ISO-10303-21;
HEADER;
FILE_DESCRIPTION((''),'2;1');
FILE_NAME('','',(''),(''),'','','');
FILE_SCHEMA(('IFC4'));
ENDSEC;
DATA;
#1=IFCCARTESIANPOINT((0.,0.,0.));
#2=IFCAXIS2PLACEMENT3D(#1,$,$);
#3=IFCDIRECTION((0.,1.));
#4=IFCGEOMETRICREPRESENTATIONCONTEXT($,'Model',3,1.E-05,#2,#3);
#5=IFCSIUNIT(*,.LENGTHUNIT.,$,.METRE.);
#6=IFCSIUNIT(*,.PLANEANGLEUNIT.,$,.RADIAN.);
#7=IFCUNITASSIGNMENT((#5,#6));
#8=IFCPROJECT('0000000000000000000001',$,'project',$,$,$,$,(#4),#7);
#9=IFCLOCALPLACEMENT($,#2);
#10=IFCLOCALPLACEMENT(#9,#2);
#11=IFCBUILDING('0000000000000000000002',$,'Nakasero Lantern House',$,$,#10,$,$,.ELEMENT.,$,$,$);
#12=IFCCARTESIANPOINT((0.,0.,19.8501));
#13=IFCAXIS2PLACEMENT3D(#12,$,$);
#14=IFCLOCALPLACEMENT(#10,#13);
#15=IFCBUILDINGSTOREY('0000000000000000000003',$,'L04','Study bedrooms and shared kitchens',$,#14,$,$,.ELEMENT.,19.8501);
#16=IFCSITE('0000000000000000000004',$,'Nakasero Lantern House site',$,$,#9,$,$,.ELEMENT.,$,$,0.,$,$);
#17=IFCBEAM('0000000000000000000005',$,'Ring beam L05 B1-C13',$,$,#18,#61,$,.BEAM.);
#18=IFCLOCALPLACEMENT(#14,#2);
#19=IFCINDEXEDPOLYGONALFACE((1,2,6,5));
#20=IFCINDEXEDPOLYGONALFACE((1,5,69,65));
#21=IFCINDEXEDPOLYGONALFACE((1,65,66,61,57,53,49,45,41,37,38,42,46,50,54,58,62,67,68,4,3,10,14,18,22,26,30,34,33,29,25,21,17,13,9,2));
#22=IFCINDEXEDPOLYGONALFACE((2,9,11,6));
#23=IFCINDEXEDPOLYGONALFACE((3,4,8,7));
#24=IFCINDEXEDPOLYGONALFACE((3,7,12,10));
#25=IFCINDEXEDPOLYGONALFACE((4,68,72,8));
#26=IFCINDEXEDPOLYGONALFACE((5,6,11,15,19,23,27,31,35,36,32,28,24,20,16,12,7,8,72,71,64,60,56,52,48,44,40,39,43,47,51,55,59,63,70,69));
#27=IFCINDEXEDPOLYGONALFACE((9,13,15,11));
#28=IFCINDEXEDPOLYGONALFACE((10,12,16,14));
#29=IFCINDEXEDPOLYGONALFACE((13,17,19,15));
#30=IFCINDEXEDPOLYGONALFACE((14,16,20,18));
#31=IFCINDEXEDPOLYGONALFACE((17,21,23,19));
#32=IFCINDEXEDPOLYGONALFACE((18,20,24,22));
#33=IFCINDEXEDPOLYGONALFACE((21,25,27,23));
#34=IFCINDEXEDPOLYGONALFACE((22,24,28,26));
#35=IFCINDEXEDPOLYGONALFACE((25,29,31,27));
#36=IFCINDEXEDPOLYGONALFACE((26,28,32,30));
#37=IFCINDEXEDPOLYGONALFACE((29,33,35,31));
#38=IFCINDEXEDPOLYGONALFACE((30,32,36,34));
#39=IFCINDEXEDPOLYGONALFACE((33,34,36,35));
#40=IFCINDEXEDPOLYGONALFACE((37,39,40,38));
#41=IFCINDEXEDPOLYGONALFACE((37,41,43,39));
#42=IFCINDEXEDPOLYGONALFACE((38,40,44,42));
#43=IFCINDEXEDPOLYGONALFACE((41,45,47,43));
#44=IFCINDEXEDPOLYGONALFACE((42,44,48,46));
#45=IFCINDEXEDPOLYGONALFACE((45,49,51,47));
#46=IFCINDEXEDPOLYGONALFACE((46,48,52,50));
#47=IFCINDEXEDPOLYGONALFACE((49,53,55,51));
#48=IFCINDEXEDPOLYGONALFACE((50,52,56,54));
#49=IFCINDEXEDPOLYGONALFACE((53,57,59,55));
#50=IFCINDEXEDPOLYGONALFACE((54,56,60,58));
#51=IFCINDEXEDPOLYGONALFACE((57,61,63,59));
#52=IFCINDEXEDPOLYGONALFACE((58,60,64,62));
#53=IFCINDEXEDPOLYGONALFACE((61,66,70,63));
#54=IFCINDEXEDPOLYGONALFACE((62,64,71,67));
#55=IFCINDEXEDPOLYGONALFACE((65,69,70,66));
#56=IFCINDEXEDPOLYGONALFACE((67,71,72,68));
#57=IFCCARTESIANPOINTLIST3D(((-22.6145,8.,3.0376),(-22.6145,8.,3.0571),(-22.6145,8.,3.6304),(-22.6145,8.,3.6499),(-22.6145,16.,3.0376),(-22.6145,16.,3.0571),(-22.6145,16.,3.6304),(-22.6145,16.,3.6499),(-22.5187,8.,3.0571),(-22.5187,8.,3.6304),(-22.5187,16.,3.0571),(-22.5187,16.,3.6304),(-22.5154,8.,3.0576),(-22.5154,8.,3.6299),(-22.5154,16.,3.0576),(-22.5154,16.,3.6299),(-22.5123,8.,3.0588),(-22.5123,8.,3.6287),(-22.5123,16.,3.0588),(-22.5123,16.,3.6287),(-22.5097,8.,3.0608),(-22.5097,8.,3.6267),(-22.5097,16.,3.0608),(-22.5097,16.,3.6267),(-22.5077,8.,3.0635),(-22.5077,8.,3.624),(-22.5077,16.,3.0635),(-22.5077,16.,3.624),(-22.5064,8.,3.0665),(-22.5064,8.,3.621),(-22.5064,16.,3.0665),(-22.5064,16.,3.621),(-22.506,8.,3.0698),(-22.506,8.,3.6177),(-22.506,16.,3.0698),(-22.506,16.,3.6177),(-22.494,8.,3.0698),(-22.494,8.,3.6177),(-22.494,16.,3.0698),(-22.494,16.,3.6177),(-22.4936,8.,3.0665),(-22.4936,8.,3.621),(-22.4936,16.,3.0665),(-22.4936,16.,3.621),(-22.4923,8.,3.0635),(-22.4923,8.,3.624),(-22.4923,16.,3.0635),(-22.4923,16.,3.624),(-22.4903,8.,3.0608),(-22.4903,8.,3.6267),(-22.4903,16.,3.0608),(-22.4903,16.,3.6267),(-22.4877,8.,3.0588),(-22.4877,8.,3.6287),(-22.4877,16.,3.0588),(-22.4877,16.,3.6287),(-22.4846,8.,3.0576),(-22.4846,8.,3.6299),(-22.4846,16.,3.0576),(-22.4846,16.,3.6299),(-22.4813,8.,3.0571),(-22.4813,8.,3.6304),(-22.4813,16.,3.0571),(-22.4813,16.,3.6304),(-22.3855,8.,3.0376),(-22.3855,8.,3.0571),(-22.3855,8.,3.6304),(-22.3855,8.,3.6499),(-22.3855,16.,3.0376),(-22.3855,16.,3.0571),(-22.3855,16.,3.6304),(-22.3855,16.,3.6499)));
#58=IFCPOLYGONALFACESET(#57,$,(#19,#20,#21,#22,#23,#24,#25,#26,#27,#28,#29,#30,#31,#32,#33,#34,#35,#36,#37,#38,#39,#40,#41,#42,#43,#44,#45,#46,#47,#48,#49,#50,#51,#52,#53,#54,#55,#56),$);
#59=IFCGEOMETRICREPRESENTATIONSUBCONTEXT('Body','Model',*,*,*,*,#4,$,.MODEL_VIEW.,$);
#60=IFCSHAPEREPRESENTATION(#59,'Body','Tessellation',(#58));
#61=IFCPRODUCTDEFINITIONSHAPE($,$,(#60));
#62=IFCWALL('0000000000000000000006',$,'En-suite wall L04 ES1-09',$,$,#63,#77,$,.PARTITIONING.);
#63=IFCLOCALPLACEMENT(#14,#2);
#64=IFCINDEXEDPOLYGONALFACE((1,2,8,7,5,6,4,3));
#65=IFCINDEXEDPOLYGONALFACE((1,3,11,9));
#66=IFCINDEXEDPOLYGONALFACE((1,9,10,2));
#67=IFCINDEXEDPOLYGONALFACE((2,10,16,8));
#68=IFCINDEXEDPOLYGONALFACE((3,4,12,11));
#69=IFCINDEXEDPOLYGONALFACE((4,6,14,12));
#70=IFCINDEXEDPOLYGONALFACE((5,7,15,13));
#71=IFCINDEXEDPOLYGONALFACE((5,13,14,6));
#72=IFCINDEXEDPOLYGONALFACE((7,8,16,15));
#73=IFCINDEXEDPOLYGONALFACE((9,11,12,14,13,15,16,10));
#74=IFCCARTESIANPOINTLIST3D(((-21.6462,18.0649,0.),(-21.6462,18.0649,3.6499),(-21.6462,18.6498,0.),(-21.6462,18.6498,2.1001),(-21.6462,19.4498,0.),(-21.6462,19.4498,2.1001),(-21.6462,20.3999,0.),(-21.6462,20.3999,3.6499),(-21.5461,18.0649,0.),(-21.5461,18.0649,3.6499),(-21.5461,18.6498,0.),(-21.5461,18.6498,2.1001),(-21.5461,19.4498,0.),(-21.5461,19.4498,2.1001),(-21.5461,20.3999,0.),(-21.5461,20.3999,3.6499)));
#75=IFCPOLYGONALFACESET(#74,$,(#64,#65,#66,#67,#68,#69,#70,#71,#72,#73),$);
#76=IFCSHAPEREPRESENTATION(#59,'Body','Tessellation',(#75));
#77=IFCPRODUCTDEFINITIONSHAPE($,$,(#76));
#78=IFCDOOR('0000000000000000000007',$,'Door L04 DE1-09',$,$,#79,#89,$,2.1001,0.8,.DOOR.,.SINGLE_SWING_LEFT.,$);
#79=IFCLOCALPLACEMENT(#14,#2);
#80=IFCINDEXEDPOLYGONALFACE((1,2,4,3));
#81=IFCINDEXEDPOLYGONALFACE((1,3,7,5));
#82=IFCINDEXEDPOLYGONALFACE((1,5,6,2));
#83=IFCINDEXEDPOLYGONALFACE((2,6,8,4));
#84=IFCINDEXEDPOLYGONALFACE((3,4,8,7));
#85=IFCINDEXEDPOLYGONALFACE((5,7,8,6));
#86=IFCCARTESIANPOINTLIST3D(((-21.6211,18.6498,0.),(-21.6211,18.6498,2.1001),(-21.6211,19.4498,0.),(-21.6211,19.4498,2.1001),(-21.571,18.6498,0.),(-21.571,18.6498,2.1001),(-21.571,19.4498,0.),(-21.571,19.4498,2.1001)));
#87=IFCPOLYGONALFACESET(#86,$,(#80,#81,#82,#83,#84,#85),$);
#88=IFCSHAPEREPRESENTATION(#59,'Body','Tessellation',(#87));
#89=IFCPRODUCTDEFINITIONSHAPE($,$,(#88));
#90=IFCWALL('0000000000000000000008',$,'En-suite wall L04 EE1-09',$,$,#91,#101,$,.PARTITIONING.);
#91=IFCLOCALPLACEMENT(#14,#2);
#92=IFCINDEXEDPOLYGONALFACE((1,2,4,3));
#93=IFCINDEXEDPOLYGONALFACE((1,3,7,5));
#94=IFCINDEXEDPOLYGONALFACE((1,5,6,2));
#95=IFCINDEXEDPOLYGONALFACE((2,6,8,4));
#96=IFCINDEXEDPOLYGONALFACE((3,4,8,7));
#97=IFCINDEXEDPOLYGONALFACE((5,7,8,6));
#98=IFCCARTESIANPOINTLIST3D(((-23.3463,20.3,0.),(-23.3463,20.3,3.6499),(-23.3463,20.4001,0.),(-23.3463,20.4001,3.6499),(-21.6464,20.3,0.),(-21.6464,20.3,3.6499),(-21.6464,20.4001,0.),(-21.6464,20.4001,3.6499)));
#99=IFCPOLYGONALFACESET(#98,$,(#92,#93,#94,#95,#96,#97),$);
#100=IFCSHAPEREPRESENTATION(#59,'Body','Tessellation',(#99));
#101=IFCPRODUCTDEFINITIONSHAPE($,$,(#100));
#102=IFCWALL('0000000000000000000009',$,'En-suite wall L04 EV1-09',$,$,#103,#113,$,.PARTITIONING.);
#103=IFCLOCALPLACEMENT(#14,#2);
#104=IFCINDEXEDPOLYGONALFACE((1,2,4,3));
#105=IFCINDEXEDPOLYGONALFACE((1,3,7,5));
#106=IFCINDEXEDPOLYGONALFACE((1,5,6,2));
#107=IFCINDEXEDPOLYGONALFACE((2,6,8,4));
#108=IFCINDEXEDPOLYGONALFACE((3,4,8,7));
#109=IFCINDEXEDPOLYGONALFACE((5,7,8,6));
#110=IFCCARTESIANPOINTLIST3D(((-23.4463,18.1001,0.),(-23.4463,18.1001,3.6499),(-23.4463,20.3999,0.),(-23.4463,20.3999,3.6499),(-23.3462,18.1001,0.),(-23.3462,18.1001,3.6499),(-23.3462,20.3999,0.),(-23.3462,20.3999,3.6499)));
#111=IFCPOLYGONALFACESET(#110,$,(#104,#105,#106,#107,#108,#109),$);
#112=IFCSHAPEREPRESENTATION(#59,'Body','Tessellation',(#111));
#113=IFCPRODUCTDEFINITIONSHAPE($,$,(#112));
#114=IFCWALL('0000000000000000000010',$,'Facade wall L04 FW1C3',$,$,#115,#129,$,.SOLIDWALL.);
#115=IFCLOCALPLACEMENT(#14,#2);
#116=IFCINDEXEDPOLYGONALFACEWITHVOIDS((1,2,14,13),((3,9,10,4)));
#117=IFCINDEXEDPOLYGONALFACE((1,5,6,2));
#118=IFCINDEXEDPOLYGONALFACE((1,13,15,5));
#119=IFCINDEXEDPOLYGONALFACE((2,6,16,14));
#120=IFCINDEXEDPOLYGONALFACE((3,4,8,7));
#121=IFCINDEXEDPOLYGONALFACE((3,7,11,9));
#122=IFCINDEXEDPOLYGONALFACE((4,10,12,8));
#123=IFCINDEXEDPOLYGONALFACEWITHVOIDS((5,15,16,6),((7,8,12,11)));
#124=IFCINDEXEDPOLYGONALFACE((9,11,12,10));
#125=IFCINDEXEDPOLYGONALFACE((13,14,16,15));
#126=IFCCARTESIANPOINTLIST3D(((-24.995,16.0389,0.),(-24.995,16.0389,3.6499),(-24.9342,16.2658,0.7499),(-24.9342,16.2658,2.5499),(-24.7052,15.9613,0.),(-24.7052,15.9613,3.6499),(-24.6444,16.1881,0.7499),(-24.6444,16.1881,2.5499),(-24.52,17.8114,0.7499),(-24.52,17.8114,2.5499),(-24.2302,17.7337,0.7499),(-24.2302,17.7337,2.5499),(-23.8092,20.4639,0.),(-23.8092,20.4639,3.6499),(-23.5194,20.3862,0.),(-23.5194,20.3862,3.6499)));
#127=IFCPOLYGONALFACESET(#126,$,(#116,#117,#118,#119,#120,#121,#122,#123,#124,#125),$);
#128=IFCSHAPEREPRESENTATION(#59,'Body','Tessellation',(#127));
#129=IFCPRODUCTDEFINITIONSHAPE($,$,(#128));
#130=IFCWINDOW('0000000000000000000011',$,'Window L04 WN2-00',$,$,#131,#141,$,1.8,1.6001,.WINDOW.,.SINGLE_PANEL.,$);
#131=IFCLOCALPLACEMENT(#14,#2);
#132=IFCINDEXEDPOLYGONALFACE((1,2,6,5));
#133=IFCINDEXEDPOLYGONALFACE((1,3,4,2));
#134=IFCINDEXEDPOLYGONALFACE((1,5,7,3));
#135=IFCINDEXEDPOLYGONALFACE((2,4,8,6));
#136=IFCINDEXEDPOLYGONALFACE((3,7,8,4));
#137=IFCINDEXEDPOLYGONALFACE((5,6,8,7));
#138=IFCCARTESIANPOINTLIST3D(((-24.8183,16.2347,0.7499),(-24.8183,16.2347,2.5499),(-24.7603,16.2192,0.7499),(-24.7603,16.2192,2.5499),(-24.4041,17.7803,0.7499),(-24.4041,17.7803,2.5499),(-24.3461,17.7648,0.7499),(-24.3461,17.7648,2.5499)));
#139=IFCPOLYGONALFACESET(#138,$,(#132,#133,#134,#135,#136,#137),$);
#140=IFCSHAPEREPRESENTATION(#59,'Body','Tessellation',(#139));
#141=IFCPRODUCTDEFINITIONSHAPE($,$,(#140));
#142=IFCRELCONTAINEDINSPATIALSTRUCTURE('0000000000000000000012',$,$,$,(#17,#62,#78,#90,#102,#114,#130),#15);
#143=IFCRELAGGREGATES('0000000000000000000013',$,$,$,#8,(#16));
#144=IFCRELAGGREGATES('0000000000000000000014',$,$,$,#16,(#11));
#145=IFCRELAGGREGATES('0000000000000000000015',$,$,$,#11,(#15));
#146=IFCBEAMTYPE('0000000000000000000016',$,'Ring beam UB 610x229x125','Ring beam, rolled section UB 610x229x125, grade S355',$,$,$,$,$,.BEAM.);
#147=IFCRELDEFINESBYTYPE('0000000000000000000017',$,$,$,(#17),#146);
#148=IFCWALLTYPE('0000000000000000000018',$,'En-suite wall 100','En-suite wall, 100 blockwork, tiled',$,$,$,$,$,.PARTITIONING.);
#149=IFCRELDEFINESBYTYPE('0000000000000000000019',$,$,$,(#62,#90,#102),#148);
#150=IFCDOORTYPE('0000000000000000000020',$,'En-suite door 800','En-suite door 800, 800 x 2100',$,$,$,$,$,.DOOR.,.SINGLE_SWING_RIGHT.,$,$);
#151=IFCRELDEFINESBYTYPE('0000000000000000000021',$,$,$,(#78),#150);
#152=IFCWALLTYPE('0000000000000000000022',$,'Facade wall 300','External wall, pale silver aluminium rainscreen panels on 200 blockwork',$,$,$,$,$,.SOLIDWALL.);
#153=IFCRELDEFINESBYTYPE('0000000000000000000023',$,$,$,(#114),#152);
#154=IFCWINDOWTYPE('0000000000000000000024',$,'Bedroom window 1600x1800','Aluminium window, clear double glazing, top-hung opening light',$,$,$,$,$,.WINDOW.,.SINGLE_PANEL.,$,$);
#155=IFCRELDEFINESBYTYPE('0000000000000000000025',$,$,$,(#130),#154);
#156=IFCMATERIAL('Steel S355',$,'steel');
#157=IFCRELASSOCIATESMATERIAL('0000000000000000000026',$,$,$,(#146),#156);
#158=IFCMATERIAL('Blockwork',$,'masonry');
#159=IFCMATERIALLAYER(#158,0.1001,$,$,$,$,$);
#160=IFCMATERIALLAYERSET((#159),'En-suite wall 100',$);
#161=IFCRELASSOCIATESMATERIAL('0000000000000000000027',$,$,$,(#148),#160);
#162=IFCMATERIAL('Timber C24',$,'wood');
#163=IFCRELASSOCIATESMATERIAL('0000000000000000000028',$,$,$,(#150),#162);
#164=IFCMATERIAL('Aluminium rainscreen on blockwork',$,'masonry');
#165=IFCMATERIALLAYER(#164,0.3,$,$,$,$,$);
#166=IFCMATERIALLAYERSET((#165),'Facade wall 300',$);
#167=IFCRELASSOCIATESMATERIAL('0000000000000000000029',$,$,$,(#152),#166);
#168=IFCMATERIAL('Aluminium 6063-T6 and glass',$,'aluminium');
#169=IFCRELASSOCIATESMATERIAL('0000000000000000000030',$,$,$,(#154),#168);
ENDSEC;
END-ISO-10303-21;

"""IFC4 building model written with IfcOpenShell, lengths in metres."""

from ifc_helpers import new_model, si_unit, direction, frame, frame_2d, origin, origin_2d, place, context, subcontext, project, spatial, rectangle, i_section, extrude, material, layer, layer_set, material_profile, profile_set, type_object, element, fill, save


model = new_model("IFC4")

# Units and contexts
model_context = context("Model", 3, precision=1e-05, world=origin(), true_north=direction((0.0, 1.0)))
body_context = subcontext(model_context, "Body", "Model", "MODEL_VIEW")
ifc_project = project(units=[si_unit("LENGTHUNIT", "METRE"), si_unit("PLANEANGLEUNIT", "RADIAN")], contexts=[model_context])

# Site, building, storey
site_placement = place(None, origin())
site = spatial("IfcSite", under=ifc_project, at=site_placement, Name="Nakasero Lantern House site", CompositionType="ELEMENT", RefElevation=0.0)
building_placement = place(site_placement, origin())
building = spatial("IfcBuilding", under=site, at=building_placement, Name="Nakasero Lantern House", CompositionType="ELEMENT")
storey_placement = place(building_placement, frame((0.0, 0.0, 19.8501)))
storey = spatial("IfcBuildingStorey", under=building, at=storey_placement, Name="L04", Description="Study bedrooms and shared kitchens", CompositionType="ELEMENT", Elevation=19.8501)

# Beam
ifc_material_1 = material(Name="Steel S355", Category="steel")
ifc_material_profile_1 = material_profile(ifc_material_1, i_section(OverallWidth=0.229, OverallDepth=0.6123, WebThickness=0.012, FlangeThickness=0.0195, FilletRadius=0.0127, at=origin_2d()), Name="UB 610x229x125")
ifc_profile_set_1 = profile_set([ifc_material_profile_1], Name="Steel S355")
beam_type_1 = type_object("IfcBeamType", Name="Ring beam UB 610x229x125", Description="Ring beam, rolled section UB 610x229x125, grade S355", PredefinedType="BEAM", material=ifc_profile_set_1)
beam_1_placement = place(storey_placement, frame((-22.5, 16.0, 3.3438), z_axis=(0.0, -1.0, 0.0), x_axis=(1.0, 0.0, 0.0)))
element("IfcBeam", 1, at=beam_1_placement, inside=storey, type_object=beam_type_1, Name="Ring beam L05 B1-C13", PredefinedType="BEAM", context=body_context, shape_type="SweptSolid", body=[
    extrude(i_section(OverallWidth=0.229, OverallDepth=0.6123, WebThickness=0.012, FlangeThickness=0.0195, FilletRadius=0.0127, at=origin_2d()), origin(), (0.0, 0.0, 1.0), 8.0),
])

# Wall, opening, door
ifc_material_2 = material(Name="Blockwork", Category="masonry")
ifc_layer_1 = layer(ifc_material_2, 0.1001)
ifc_layer_set_1 = layer_set([ifc_layer_1], Name="En-suite wall 100")
wall_type_1 = type_object("IfcWallType", Name="En-suite wall 100", Description="En-suite wall, 100 blockwork, tiled", PredefinedType="PARTITIONING", material=ifc_layer_set_1)
wall_1_placement = place(storey_placement, frame((-21.5962, 18.0649, 0.0), z_axis=(0.0, 0.0, 1.0), x_axis=(0.0, 1.0, 0.0)))
wall_1 = element("IfcWall", 2, at=wall_1_placement, inside=storey, type_object=wall_type_1, Name="En-suite wall L04 ES1-09", PredefinedType="PARTITIONING", context=body_context, shape_type="SweptSolid", body=[
    extrude(rectangle(XDim=2.335, YDim=0.1001, at=frame_2d((1.1675, 0.0))), origin(), (0.0, 0.0, 1.0), 3.6499),
])
opening_1_placement = place(wall_1_placement, frame((0.585, 0.0, 0.0)))
opening_1 = element("IfcOpeningElement", 3, at=opening_1_placement, cuts=wall_1, PredefinedType="OPENING", context=body_context, shape_type="SweptSolid", body=[
    extrude(rectangle(XDim=0.8, YDim=2.1001, at=frame_2d((0.3999, 1.05))), frame((0.0, 0.0701, 0.0), z_axis=(0.0, -1.0, 0.0), x_axis=(1.0, 0.0, 0.0)), (0.0, 0.0, 1.0), 0.1401),
])
ifc_material_3 = material(Name="Timber C24", Category="wood")
door_type_1 = type_object("IfcDoorType", Name="En-suite door 800", Description="En-suite door 800, 800 x 2100", OperationType="SINGLE_SWING_RIGHT", PredefinedType="DOOR", material=ifc_material_3)
door_1_placement = place(opening_1_placement, origin())
door_1 = element("IfcDoor", 4, at=door_1_placement, inside=storey, type_object=door_type_1, Name="Door L04 DE1-09", OperationType="SINGLE_SWING_LEFT", OverallHeight=2.1001, OverallWidth=0.8, PredefinedType="DOOR", context=body_context, shape_type="SweptSolid", body=[
    extrude(rectangle(XDim=0.8, YDim=2.1001, at=frame_2d((0.3999, 1.05))), frame((0.0, 0.0249, 0.0), z_axis=(0.0, -1.0, 0.0), x_axis=(1.0, 0.0, 0.0)), (0.0, 0.0, 1.0), 0.05),
])
fill(opening_1, door_1)

# Walls
wall_2_placement = place(storey_placement, frame((-21.6462, 20.3501, 0.0), z_axis=(0.0, 0.0, 1.0), x_axis=(-1.0, 0.0, 0.0)))
element("IfcWall", 5, at=wall_2_placement, inside=storey, type_object=wall_type_1, Name="En-suite wall L04 EE1-09", PredefinedType="PARTITIONING", context=body_context, shape_type="SweptSolid", body=[
    extrude(rectangle(XDim=1.7, YDim=0.1001, at=frame_2d((0.8501, 0.0))), origin(), (0.0, 0.0, 1.0), 3.6499),
])
wall_3_placement = place(storey_placement, frame((-23.3962, 18.1001, 0.0), z_axis=(0.0, 0.0, 1.0), x_axis=(0.0, 1.0, 0.0)))
element("IfcWall", 6, at=wall_3_placement, inside=storey, type_object=wall_type_1, Name="En-suite wall L04 EV1-09", PredefinedType="PARTITIONING", context=body_context, shape_type="SweptSolid", body=[
    extrude(rectangle(XDim=2.2998, YDim=0.1001, at=frame_2d((1.1499, 0.0))), origin(), (0.0, 0.0, 1.0), 3.6499),
])

# Wall, opening, window
ifc_material_4 = material(Name="Aluminium rainscreen on blockwork", Category="masonry")
ifc_layer_2 = layer(ifc_material_4, 0.3)
ifc_layer_set_2 = layer_set([ifc_layer_2], Name="Facade wall 300")
wall_type_2 = type_object("IfcWallType", Name="Facade wall 300", Description="External wall, pale silver aluminium rainscreen panels on 200 blockwork", PredefinedType="SOLIDWALL", material=ifc_layer_set_2)
wall_4_placement = place(storey_placement, frame((-23.6643, 20.425, 0.0), z_axis=(0.0, 0.0, 1.0), x_axis=(-0.25884, -0.96592, 0.0)))
wall_4 = element("IfcWall", 7, at=wall_4_placement, inside=storey, type_object=wall_type_2, Name="Facade wall L04 FW1C3", PredefinedType="SOLIDWALL", context=body_context, shape_type="SweptSolid", body=[
    extrude(rectangle(XDim=4.5811, YDim=0.3, at=frame_2d((2.2905, 0.0))), origin(), (0.0, 0.0, 1.0), 3.6499),
])
opening_2_placement = place(wall_4_placement, frame((2.7461, 0.0, 0.75)))
opening_2 = element("IfcOpeningElement", 8, at=opening_2_placement, cuts=wall_4, PredefinedType="OPENING", context=body_context, shape_type="SweptSolid", body=[
    extrude(rectangle(XDim=1.6001, YDim=1.8, at=frame_2d((0.8, 0.8999))), frame((0.0, 0.1699, 0.0), z_axis=(0.0, -1.0, 0.0), x_axis=(1.0, 0.0, 0.0)), (0.0, 0.0, 1.0), 0.3401),
])
ifc_material_5 = material(Name="Aluminium 6063-T6 and glass", Category="aluminium")
window_type_1 = type_object("IfcWindowType", Name="Bedroom window 1600x1800", Description="Aluminium window, clear double glazing, top-hung opening light", PartitioningType="SINGLE_PANEL", PredefinedType="WINDOW", material=ifc_material_5)
window_1_placement = place(opening_2_placement, origin())
window_1 = element("IfcWindow", 9, at=window_1_placement, inside=storey, type_object=window_type_1, Name="Window L04 WN2-00", OverallHeight=1.8, OverallWidth=1.6001, PartitioningType="SINGLE_PANEL", PredefinedType="WINDOW", context=body_context, shape_type="SweptSolid", body=[
    extrude(rectangle(XDim=1.6001, YDim=1.8, at=frame_2d((0.8, 0.8999))), frame((0.0, 0.03, 0.0), z_axis=(0.0, -1.0, 0.0), x_axis=(1.0, 0.0, 0.0)), (0.0, 0.0, 1.0), 0.0601),
])
fill(opening_2, window_1)

save(model, "model.ifc")
